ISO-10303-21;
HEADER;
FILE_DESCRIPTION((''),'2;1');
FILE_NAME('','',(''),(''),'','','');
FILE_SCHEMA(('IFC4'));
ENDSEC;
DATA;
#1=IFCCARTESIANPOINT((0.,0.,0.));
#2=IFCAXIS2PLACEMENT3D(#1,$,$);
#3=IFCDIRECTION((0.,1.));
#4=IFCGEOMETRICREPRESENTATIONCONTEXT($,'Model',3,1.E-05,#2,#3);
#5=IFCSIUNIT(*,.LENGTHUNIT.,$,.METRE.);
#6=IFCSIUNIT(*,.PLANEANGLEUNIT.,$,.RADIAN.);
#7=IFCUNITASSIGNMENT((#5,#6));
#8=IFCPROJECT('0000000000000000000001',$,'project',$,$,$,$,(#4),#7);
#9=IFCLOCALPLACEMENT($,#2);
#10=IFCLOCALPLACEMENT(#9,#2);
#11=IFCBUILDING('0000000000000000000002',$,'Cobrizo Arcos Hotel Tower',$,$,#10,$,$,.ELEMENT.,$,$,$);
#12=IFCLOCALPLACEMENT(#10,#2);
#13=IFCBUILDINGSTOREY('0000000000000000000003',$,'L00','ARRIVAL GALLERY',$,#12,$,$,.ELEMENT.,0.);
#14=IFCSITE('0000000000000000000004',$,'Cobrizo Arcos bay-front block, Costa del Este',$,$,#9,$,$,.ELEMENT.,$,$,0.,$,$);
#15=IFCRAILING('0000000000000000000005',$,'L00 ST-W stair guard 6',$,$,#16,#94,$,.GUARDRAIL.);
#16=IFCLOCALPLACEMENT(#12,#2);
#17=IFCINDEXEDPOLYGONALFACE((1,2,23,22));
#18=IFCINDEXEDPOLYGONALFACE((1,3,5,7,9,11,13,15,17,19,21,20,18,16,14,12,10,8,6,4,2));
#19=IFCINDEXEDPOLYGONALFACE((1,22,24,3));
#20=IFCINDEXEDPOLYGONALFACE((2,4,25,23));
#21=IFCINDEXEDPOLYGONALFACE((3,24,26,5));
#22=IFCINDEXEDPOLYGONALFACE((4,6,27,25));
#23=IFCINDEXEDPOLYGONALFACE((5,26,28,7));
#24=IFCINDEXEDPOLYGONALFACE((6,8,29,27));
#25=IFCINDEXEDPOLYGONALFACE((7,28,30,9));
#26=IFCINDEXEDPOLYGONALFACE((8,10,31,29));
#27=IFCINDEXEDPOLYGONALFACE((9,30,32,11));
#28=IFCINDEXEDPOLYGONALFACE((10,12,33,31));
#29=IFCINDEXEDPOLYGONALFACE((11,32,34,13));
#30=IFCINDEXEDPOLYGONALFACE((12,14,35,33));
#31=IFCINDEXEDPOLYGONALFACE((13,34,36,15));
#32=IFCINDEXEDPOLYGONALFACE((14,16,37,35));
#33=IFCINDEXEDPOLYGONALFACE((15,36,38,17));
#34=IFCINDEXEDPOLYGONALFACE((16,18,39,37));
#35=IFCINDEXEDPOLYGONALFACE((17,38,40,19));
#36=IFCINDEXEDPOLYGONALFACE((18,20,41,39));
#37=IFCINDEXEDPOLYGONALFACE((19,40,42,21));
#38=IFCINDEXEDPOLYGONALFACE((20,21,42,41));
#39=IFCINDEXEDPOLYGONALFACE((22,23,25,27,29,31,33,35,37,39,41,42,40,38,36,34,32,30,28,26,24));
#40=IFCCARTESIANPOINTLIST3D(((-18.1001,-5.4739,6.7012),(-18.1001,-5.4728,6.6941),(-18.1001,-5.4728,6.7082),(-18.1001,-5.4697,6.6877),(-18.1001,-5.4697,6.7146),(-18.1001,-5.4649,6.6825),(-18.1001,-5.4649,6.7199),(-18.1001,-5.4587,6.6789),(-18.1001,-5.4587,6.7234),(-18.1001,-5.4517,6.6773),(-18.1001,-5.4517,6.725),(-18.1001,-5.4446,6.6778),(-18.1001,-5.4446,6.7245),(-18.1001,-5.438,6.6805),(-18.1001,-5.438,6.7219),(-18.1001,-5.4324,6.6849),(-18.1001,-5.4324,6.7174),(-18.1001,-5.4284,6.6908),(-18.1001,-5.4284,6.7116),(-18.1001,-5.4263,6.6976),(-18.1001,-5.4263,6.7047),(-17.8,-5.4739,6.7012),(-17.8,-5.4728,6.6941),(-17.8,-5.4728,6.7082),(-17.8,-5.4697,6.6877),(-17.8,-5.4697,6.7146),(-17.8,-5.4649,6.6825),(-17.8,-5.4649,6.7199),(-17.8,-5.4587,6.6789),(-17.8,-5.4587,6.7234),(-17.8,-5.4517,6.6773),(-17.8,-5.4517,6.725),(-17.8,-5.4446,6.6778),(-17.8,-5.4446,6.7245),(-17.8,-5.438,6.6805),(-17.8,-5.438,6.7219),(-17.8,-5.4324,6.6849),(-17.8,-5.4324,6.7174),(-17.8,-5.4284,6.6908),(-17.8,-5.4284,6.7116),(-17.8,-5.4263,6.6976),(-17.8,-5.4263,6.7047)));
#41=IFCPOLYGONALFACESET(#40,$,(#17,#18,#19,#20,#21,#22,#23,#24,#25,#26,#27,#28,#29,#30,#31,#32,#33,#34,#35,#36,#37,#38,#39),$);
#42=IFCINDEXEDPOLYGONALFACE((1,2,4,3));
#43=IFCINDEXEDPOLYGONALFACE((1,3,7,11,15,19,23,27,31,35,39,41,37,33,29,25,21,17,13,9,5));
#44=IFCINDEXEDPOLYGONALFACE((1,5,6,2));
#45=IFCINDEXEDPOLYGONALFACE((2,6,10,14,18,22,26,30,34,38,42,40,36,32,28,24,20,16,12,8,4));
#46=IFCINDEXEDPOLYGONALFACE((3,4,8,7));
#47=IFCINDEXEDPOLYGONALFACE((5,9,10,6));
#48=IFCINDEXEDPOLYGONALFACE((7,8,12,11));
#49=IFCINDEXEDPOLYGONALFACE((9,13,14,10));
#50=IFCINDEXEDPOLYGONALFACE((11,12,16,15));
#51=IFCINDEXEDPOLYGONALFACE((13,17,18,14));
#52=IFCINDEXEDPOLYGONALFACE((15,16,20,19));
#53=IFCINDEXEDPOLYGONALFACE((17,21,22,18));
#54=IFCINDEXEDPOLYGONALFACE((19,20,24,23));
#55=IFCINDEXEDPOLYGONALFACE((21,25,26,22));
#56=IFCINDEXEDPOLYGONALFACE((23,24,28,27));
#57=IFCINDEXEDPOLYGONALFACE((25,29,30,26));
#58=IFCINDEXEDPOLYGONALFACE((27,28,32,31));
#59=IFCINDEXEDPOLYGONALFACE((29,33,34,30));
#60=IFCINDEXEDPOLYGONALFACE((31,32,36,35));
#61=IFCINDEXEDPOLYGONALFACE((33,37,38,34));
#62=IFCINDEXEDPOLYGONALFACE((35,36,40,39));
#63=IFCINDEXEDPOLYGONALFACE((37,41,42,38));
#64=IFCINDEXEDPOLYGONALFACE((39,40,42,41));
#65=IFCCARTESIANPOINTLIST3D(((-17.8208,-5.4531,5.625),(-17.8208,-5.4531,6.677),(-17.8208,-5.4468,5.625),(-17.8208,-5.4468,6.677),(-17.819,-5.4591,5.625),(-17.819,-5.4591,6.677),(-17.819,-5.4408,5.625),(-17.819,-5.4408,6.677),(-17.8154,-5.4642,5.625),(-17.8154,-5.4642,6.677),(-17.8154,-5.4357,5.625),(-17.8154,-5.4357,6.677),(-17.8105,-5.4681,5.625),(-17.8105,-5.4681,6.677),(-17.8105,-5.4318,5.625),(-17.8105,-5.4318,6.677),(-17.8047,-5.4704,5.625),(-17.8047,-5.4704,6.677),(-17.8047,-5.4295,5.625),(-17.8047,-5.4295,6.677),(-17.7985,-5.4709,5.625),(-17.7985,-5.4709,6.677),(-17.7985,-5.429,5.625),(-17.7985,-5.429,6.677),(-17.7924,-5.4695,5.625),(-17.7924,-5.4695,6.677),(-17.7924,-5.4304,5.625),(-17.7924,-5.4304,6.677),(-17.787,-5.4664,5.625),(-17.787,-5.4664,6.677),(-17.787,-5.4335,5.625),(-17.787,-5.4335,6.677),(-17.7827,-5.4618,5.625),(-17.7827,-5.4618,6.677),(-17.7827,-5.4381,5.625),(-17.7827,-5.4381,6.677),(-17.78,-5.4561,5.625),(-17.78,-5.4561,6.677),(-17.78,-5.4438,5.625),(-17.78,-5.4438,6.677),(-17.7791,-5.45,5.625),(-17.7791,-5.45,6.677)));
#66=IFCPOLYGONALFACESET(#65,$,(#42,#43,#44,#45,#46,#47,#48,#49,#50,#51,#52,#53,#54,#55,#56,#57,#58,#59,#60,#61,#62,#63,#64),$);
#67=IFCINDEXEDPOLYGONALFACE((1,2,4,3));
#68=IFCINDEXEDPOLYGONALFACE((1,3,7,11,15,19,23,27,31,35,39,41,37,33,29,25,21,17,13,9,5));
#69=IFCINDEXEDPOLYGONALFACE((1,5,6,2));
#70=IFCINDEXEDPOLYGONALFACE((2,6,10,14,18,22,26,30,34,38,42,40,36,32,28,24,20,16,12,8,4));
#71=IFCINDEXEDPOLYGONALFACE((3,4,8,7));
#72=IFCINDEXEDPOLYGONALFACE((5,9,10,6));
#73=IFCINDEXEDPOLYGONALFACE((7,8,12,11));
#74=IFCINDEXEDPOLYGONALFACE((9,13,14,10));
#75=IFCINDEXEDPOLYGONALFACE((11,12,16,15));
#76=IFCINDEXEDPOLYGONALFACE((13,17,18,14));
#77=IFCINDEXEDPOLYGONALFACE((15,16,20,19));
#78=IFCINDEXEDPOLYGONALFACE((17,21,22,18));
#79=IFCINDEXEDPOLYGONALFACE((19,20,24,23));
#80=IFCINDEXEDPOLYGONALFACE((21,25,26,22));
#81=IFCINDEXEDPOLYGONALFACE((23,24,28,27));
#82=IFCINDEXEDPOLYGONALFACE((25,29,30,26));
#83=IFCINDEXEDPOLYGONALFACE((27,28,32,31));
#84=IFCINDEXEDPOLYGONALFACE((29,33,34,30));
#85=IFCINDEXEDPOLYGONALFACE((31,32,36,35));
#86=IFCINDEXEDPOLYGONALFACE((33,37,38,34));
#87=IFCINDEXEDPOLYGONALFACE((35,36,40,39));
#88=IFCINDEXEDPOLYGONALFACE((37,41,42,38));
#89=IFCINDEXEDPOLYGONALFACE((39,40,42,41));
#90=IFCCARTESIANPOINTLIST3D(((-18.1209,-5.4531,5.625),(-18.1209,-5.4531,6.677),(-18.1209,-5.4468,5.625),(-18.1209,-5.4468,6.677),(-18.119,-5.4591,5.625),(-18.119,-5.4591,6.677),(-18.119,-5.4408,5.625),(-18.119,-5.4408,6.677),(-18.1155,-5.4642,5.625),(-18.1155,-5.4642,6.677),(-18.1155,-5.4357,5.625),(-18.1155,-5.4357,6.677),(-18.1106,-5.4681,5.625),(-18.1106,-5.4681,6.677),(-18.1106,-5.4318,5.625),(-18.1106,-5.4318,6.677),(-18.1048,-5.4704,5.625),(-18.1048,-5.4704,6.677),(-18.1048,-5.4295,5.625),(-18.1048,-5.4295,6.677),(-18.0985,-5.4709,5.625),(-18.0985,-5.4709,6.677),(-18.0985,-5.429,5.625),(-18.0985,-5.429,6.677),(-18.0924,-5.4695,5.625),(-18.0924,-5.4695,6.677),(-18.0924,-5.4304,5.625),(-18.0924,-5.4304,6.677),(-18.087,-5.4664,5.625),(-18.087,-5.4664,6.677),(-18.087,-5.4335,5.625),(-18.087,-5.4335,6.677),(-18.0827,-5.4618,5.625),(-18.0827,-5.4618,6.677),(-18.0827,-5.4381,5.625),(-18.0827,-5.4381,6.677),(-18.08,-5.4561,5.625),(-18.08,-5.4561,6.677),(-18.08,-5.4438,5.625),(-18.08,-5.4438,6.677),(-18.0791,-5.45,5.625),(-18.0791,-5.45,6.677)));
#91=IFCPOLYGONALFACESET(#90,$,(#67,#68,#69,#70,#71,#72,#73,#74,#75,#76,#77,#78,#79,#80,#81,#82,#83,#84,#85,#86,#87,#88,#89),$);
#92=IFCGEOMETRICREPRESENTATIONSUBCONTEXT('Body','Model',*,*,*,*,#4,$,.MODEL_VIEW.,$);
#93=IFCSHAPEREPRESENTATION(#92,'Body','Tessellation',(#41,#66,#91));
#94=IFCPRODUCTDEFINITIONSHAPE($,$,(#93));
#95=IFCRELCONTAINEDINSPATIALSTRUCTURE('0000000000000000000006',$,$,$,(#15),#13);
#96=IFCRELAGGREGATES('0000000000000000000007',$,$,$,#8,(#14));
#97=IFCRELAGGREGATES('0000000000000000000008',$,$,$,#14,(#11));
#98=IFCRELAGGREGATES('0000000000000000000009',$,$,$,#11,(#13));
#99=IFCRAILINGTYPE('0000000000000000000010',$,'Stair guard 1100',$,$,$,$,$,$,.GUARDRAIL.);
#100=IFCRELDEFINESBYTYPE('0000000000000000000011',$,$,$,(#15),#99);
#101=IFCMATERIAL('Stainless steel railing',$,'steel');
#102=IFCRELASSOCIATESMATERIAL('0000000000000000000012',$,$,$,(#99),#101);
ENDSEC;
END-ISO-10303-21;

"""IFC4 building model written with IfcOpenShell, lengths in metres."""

from ifc_helpers import new_model, si_unit, direction, frame, origin, origin_2d, place, context, subcontext, project, spatial, circle, extrude, material, type_object, element, save


model = new_model("IFC4")

# Units and contexts
model_context = context("Model", 3, precision=1e-05, world=origin(), true_north=direction((0.0, 1.0)))
body_context = subcontext(model_context, "Body", "Model", "MODEL_VIEW")
ifc_project = project(units=[si_unit("LENGTHUNIT", "METRE"), si_unit("PLANEANGLEUNIT", "RADIAN")], contexts=[model_context])

# Site, building, storey
site_placement = place(None, origin())
site = spatial("IfcSite", under=ifc_project, at=site_placement, Name="Cobrizo Arcos bay-front block, Costa del Este", CompositionType="ELEMENT", RefElevation=0.0)
building_placement = place(site_placement, origin())
building = spatial("IfcBuilding", under=site, at=building_placement, Name="Cobrizo Arcos Hotel Tower", CompositionType="ELEMENT")
storey_placement = place(building_placement, origin())
storey = spatial("IfcBuildingStorey", under=building, at=storey_placement, Name="L00", Description="ARRIVAL GALLERY", CompositionType="ELEMENT", Elevation=0.0)

# Railing
ifc_material_1 = material(Name="Stainless steel railing", Category="steel")
railing_type_1 = type_object("IfcRailingType", Name="Stair guard 1100", PredefinedType="GUARDRAIL", material=ifc_material_1)
railing_1_placement = place(storey_placement, frame((-17.8, -5.45, 5.625)))
element("IfcRailing", 1, at=railing_1_placement, inside=storey, type_object=railing_type_1, Name="L00 ST-W stair guard 6", PredefinedType="GUARDRAIL", context=body_context, shape_type="SweptSolid", body=[
    extrude(circle(Radius=0.0239, at=origin_2d()), frame((0.0, 0.0, 1.0762), z_axis=(-1.0, 0.0, 0.0), x_axis=(0.0, -1.0, 0.0)), (0.0, 0.0, 1.0), 0.3),
    extrude(circle(Radius=0.021, at=origin_2d()), origin(), (0.0, 0.0, 1.0), 1.052),
    extrude(circle(Radius=0.021, at=origin_2d()), frame((-0.3, 0.0, 0.0)), (0.0, 0.0, 1.0), 1.052),
])

save(model, "model.ifc")
